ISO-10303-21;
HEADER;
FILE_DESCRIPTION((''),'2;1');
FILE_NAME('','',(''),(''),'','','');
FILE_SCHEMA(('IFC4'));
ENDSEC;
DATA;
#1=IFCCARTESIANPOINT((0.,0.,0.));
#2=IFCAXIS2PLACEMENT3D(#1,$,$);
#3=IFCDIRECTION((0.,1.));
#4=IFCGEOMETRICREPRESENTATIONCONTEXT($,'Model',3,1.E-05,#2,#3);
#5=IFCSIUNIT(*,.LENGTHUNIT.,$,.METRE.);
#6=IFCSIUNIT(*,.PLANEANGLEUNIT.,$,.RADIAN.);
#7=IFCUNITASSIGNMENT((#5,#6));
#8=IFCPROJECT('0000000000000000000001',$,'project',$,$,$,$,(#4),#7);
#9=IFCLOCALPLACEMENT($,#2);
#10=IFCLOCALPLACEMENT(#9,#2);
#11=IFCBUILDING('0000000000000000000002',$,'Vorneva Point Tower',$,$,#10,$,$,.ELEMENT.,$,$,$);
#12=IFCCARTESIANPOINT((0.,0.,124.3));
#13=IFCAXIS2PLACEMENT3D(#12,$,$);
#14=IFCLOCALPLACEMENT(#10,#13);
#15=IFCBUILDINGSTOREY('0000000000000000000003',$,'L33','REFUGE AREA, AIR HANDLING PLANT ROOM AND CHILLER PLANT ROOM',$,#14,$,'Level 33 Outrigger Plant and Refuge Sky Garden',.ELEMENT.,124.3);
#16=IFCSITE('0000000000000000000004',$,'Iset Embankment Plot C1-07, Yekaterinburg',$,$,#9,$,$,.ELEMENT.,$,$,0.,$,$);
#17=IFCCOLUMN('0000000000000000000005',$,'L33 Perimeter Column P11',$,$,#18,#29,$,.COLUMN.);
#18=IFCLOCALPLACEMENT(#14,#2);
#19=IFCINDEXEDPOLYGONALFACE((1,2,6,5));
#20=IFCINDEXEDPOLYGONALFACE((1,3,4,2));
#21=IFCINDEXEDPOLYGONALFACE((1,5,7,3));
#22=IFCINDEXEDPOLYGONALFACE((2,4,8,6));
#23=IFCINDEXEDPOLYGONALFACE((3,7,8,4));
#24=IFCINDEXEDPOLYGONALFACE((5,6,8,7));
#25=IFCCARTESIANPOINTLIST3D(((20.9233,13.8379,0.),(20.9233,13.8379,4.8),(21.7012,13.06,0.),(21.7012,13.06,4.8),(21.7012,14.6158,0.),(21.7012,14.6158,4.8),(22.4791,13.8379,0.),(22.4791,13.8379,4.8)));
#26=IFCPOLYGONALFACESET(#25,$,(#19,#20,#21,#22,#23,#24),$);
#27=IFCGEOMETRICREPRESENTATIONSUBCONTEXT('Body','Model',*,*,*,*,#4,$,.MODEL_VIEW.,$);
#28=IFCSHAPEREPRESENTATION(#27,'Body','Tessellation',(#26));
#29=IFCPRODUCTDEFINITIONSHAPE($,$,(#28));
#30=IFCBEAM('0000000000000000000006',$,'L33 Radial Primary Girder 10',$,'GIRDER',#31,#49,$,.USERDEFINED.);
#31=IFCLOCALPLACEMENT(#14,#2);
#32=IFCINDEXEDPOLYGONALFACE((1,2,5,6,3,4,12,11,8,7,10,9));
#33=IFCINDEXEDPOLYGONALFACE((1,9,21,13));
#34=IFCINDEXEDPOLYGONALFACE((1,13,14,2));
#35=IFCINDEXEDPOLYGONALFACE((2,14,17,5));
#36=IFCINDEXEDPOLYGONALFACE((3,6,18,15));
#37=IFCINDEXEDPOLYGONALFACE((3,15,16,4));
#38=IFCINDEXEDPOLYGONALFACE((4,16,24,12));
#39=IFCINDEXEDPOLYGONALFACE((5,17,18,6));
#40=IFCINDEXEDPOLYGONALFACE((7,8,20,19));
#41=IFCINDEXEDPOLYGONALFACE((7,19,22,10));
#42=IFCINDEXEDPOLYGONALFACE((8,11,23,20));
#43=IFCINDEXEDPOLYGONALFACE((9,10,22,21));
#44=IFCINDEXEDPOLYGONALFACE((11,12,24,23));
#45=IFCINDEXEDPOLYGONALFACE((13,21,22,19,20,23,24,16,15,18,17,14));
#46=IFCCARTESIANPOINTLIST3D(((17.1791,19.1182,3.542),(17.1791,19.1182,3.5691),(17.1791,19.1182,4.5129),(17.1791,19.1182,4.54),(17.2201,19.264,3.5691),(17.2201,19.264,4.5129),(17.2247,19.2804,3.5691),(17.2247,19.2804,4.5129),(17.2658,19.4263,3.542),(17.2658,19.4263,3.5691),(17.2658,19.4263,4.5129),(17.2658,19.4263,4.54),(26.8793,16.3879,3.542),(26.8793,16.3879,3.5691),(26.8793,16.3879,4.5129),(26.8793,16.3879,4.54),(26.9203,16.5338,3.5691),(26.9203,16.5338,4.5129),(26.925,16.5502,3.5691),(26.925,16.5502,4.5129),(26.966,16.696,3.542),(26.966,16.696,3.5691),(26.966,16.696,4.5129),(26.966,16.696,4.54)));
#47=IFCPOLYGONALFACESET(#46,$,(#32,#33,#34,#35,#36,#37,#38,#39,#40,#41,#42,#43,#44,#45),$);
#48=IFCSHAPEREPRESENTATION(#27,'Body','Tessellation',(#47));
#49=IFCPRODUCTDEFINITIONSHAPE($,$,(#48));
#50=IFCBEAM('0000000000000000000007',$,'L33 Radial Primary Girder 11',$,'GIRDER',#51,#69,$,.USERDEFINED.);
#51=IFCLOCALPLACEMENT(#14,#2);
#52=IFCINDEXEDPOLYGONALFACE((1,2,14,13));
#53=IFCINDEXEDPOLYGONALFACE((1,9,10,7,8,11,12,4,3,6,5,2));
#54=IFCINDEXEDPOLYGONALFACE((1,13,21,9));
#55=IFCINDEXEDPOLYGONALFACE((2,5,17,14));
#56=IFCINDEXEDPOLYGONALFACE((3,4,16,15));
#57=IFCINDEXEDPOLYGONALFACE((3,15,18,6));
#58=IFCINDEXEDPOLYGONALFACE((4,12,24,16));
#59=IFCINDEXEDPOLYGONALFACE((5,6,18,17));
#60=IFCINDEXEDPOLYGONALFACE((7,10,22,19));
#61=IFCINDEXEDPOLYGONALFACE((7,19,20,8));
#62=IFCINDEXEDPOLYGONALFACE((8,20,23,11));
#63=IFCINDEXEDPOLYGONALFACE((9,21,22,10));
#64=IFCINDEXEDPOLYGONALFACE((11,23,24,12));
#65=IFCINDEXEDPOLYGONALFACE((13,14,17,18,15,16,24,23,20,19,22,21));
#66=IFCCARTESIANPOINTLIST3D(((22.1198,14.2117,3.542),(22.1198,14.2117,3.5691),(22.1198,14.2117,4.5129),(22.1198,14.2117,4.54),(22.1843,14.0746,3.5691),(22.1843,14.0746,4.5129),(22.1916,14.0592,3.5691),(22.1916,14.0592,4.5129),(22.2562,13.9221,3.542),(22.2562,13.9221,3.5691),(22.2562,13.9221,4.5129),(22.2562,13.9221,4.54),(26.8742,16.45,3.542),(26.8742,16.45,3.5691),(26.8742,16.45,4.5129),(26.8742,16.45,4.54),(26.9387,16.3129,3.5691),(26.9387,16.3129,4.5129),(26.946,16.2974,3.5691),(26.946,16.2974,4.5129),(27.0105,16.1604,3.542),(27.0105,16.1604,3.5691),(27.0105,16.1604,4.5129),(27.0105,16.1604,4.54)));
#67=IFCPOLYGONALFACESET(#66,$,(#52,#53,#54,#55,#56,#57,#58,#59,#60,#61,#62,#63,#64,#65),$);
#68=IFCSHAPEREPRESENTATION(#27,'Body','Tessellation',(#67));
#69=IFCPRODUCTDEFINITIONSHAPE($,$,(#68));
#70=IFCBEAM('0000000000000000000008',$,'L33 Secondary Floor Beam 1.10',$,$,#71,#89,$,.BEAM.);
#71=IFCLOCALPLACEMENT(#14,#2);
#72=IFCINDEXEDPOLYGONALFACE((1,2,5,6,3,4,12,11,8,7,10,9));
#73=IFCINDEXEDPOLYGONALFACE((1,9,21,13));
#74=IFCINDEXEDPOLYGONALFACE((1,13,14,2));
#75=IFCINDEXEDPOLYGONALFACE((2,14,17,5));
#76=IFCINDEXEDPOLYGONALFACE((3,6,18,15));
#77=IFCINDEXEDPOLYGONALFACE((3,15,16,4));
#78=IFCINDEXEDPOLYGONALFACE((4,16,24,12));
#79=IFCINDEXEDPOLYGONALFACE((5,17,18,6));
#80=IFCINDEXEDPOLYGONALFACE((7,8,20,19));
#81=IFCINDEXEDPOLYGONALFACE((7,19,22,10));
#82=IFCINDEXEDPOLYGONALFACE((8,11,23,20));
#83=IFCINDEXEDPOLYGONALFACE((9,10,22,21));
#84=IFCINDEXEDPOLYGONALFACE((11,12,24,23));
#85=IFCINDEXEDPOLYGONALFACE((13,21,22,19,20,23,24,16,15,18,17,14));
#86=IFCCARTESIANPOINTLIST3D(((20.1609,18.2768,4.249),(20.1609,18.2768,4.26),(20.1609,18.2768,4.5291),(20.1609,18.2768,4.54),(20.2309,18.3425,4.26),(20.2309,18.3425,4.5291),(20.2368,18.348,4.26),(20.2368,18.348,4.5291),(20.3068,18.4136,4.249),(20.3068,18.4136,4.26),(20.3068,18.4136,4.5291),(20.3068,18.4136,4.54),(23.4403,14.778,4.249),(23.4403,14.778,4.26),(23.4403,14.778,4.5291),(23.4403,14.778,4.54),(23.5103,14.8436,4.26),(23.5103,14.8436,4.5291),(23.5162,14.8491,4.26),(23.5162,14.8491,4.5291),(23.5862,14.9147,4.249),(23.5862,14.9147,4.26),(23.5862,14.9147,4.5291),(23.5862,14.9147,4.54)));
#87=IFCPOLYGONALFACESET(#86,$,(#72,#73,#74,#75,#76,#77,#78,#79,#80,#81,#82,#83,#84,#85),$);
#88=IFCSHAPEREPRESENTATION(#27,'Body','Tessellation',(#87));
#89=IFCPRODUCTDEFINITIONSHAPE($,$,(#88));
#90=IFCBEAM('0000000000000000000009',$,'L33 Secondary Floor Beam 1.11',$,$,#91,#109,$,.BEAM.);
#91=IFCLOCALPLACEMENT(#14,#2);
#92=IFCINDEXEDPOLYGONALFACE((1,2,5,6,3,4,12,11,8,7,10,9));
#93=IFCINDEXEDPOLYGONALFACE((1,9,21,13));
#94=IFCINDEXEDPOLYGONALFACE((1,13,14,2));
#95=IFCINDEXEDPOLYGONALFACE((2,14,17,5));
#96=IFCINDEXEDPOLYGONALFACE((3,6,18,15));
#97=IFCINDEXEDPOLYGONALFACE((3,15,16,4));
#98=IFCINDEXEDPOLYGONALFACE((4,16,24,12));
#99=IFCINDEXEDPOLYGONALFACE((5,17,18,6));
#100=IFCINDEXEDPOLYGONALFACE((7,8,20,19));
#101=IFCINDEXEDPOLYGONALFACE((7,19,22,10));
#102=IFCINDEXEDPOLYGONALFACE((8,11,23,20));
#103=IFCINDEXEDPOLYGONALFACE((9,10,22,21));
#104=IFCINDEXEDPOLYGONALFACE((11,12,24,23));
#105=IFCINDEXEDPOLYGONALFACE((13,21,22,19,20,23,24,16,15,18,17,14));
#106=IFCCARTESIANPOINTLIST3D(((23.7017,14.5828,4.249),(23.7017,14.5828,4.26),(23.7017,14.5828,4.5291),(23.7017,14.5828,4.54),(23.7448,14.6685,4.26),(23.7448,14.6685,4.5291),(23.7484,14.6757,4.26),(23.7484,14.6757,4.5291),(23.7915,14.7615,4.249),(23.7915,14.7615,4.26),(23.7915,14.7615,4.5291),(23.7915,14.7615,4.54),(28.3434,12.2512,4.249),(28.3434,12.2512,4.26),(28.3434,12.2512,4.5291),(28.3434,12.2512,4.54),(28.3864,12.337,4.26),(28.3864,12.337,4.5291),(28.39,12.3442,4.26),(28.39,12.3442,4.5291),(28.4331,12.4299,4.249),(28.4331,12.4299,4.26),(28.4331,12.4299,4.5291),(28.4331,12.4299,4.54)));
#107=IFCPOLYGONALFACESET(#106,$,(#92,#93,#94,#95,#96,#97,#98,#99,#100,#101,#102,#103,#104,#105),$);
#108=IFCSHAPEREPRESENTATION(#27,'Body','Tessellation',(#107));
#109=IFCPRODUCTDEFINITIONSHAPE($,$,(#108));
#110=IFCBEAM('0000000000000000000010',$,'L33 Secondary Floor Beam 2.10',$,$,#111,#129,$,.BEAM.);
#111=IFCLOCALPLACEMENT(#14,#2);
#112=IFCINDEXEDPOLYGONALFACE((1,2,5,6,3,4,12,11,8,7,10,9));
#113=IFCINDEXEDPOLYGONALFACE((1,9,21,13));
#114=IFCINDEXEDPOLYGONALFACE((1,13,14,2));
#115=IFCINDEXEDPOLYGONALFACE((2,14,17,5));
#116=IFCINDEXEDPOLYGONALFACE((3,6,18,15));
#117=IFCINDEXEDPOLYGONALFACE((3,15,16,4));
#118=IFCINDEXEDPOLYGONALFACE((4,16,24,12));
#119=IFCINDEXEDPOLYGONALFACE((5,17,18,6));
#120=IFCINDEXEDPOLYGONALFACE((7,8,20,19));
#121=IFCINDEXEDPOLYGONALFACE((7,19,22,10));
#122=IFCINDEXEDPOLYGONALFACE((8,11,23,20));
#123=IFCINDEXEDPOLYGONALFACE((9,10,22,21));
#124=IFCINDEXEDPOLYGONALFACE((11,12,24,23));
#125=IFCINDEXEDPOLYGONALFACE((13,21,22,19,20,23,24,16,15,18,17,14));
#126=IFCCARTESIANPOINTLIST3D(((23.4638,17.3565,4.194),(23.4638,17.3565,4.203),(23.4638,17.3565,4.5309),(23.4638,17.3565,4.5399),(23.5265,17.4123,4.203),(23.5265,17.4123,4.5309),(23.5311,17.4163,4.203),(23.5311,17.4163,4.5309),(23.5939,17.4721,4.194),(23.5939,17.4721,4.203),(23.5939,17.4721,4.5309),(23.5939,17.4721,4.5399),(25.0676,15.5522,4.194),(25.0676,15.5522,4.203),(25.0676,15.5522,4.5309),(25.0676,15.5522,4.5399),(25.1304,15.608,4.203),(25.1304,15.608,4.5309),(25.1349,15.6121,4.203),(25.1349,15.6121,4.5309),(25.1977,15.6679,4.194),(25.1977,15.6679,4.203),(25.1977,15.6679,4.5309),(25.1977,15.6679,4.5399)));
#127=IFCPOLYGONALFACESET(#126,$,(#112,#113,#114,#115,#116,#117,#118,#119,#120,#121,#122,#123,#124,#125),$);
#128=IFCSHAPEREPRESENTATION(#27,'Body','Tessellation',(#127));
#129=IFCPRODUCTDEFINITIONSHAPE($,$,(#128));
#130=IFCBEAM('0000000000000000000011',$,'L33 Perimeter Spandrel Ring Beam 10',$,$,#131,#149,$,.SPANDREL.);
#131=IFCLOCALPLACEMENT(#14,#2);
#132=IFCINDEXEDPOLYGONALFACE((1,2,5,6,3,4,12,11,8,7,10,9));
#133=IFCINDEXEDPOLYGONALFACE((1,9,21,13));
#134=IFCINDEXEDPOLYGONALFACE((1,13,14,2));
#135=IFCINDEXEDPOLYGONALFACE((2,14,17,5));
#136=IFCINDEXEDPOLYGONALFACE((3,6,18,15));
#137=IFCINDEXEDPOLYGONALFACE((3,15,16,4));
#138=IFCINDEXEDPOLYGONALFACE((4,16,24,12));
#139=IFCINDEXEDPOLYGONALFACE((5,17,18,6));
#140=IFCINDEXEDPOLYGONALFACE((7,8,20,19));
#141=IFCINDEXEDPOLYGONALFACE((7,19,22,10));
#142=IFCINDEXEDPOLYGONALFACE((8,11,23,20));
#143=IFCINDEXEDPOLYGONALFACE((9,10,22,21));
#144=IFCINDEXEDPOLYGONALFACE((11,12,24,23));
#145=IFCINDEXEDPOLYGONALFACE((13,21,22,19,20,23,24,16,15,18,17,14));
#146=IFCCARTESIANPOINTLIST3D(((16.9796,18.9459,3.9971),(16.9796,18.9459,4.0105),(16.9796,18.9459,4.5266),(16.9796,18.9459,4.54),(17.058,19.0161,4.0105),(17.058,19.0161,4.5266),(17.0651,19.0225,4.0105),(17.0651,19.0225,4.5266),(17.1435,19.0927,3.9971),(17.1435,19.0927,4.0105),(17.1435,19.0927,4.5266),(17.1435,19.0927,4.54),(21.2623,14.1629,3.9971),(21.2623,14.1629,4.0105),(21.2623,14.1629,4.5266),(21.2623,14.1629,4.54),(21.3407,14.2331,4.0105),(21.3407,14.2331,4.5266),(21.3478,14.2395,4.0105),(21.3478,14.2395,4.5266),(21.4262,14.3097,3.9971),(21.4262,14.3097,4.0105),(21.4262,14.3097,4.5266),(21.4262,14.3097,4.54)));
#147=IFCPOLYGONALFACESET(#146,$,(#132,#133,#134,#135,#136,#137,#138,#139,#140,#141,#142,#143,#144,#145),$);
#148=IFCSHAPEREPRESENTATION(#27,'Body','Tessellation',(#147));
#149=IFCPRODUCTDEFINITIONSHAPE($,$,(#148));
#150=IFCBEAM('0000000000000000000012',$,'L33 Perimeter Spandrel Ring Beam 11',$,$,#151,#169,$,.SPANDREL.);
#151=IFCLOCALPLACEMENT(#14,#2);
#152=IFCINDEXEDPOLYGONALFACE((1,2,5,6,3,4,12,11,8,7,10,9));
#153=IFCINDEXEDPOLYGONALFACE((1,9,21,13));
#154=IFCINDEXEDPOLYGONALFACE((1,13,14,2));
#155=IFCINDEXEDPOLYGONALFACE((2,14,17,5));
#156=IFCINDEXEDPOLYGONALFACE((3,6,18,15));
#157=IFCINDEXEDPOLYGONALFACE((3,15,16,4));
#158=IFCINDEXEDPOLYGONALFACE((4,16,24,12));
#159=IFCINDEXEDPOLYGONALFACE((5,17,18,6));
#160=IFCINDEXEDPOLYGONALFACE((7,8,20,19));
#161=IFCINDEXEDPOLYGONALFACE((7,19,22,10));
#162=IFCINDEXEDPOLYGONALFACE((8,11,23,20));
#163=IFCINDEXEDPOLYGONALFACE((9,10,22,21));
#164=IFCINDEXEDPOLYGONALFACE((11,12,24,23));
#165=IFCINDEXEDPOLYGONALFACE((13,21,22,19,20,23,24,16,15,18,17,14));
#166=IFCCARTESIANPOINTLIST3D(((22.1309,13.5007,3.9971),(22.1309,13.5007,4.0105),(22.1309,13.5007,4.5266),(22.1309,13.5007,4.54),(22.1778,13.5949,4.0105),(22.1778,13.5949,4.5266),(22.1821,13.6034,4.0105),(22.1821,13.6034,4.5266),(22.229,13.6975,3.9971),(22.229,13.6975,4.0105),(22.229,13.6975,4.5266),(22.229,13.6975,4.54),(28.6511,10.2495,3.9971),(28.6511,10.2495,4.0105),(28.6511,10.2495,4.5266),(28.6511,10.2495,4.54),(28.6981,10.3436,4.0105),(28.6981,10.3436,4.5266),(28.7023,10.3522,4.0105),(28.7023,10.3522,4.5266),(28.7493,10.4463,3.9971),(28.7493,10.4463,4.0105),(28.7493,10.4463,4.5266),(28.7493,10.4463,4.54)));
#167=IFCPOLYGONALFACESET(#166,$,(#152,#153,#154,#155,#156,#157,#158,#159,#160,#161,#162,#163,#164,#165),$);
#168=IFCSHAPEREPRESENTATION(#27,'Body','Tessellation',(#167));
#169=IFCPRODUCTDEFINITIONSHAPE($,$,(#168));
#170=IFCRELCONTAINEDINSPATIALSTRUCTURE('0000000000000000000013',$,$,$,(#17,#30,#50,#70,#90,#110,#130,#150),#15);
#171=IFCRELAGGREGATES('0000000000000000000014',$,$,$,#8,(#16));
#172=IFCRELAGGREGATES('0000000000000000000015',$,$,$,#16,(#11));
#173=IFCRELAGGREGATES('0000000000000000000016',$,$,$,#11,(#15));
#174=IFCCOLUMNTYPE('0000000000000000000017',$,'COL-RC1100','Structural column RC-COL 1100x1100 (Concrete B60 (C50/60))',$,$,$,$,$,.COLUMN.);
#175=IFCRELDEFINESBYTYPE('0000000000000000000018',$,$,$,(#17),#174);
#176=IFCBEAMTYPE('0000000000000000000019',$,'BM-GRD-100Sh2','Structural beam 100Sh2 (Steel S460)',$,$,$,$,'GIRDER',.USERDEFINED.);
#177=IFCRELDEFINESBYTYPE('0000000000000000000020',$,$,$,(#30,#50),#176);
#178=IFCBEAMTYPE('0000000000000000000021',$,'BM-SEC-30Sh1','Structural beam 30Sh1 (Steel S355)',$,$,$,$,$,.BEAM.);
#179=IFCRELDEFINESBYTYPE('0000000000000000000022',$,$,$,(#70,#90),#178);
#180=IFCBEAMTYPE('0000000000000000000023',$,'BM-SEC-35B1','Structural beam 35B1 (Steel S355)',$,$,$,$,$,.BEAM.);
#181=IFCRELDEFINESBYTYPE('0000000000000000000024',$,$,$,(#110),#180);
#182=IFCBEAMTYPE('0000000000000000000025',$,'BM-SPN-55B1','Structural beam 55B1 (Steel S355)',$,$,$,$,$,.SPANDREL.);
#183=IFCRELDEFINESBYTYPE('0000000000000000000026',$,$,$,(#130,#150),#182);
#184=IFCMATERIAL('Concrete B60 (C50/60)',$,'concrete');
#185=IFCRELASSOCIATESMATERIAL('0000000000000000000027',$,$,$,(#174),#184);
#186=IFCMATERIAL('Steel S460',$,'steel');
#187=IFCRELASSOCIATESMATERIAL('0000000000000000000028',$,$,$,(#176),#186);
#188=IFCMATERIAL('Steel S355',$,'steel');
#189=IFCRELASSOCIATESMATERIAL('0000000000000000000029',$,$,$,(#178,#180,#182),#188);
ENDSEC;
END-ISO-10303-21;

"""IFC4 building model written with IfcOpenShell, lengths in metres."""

from ifc_helpers import new_model, si_unit, direction, frame, origin, origin_2d, place, context, subcontext, project, spatial, rectangle, i_section, extrude, material, material_profile, profile_set, type_object, element, save


model = new_model("IFC4")

# Units and contexts
model_context = context("Model", 3, precision=1e-05, world=origin(), true_north=direction((0.0, 1.0)))
body_context = subcontext(model_context, "Body", "Model", "MODEL_VIEW")
ifc_project = project(units=[si_unit("LENGTHUNIT", "METRE"), si_unit("PLANEANGLEUNIT", "RADIAN")], contexts=[model_context])

# Site, building, storey
site_placement = place(None, origin())
site = spatial("IfcSite", under=ifc_project, at=site_placement, Name="Iset Embankment Plot C1-07, Yekaterinburg", CompositionType="ELEMENT", RefElevation=0.0)
building_placement = place(site_placement, origin())
building = spatial("IfcBuilding", under=site, at=building_placement, Name="Vorneva Point Tower", CompositionType="ELEMENT")
storey_placement = place(building_placement, frame((0.0, 0.0, 124.3)))
storey = spatial("IfcBuildingStorey", under=building, at=storey_placement, Name="L33", Description="REFUGE AREA, AIR HANDLING PLANT ROOM AND CHILLER PLANT ROOM", LongName="Level 33 Outrigger Plant and Refuge Sky Garden", CompositionType="ELEMENT", Elevation=124.3)

# Column
ifc_material_1 = material(Name="Concrete B60 (C50/60)", Category="concrete")
ifc_material_profile_1 = material_profile(ifc_material_1, rectangle(XDim=1.1001, YDim=1.1001, at=origin_2d()), Name="RC-COL 1100x1100")
ifc_profile_set_1 = profile_set([ifc_material_profile_1], Name="Concrete B60 (C50/60)")
column_type = type_object("IfcColumnType", Name="COL-RC1100", Description="Structural column RC-COL 1100x1100 (Concrete B60 (C50/60))", PredefinedType="COLUMN", material=ifc_profile_set_1)
column_placement = place(storey_placement, frame((21.7012, 13.8379, 0.0), z_axis=(0.0, 0.0, 1.0), x_axis=(-0.707107, -0.707107, 0.0)))
element("IfcColumn", 1, at=column_placement, inside=storey, type_object=column_type, Name="L33 Perimeter Column P11", PredefinedType="COLUMN", context=body_context, shape_type="SweptSolid", body=[
    extrude(rectangle(XDim=1.1001, YDim=1.1001, at=origin_2d()), origin(), (0.0, 0.0, 1.0), 4.8),
])

# Beams
ifc_material_2 = material(Name="Steel S460", Category="steel")
ifc_material_profile_2 = material_profile(ifc_material_2, i_section(OverallWidth=0.3201, OverallDepth=0.998, WebThickness=0.0171, FlangeThickness=0.0271, at=origin_2d()), Name="100Sh2")
ifc_profile_set_2 = profile_set([ifc_material_profile_2], Name="Steel S460")
beam_type_1 = type_object("IfcBeamType", Name="BM-GRD-100Sh2", Description="Structural beam 100Sh2 (Steel S460)", ElementType="GIRDER", PredefinedType="USERDEFINED", material=ifc_profile_set_2)
beam_1_placement = place(storey_placement, frame((17.2224, 19.2722, 4.041), z_axis=(0.962598, -0.270934, 0.0), x_axis=(0.270934, 0.962598, 0.0)))
element("IfcBeam", 2, at=beam_1_placement, inside=storey, type_object=beam_type_1, Name="L33 Radial Primary Girder 10", ObjectType="GIRDER", PredefinedType="USERDEFINED", context=body_context, shape_type="SweptSolid", body=[
    extrude(i_section(OverallWidth=0.3201, OverallDepth=0.998, WebThickness=0.0171, FlangeThickness=0.0271, at=origin_2d()), origin(), (0.0, 0.0, 1.0), 10.0771),
])
beam_2_placement = place(storey_placement, frame((22.188, 14.0669, 4.041), z_axis=(0.904751, 0.42594, 0.0), x_axis=(-0.42594, 0.904751, 0.0)))
element("IfcBeam", 3, at=beam_2_placement, inside=storey, type_object=beam_type_1, Name="L33 Radial Primary Girder 11", ObjectType="GIRDER", PredefinedType="USERDEFINED", context=body_context, shape_type="SweptSolid", body=[
    extrude(i_section(OverallWidth=0.3201, OverallDepth=0.998, WebThickness=0.0171, FlangeThickness=0.0271, at=origin_2d()), origin(), (0.0, 0.0, 1.0), 5.2549),
])
ifc_material_3 = material(Name="Steel S355", Category="steel")
ifc_material_profile_3 = material_profile(ifc_material_3, i_section(OverallWidth=0.2, OverallDepth=0.291, WebThickness=0.0081, FlangeThickness=0.011, at=origin_2d()), Name="30Sh1")
ifc_profile_set_3 = profile_set([ifc_material_profile_3], Name="Steel S355")
beam_type_2 = type_object("IfcBeamType", Name="BM-SEC-30Sh1", Description="Structural beam 30Sh1 (Steel S355)", PredefinedType="BEAM", material=ifc_profile_set_3)
beam_3_placement = place(storey_placement, frame((20.2339, 18.3452, 4.3945), z_axis=(0.683851, -0.729621, 0.0), x_axis=(0.729621, 0.683851, 0.0)))
element("IfcBeam", 4, at=beam_3_placement, inside=storey, type_object=beam_type_2, Name="L33 Secondary Floor Beam 1.10", PredefinedType="BEAM", context=body_context, shape_type="SweptSolid", body=[
    extrude(i_section(OverallWidth=0.2, OverallDepth=0.291, WebThickness=0.0081, FlangeThickness=0.011, at=origin_2d()), origin(), (0.0, 0.0, 1.0), 4.7954),
])
beam_4_placement = place(storey_placement, frame((23.7466, 14.6721, 4.3945), z_axis=(0.893598, -0.448867, 0.0), x_axis=(0.448867, 0.893598, 0.0)))
element("IfcBeam", 5, at=beam_4_placement, inside=storey, type_object=beam_type_2, Name="L33 Secondary Floor Beam 1.11", PredefinedType="BEAM", context=body_context, shape_type="SweptSolid", body=[
    extrude(i_section(OverallWidth=0.2, OverallDepth=0.291, WebThickness=0.0081, FlangeThickness=0.011, at=origin_2d()), origin(), (0.0, 0.0, 1.0), 5.1943),
])
ifc_material_profile_4 = material_profile(ifc_material_3, i_section(OverallWidth=0.1741, OverallDepth=0.3459, WebThickness=0.0061, FlangeThickness=0.009, at=origin_2d()), Name="35B1")
ifc_profile_set_4 = profile_set([ifc_material_profile_4], Name="Steel S355")
beam_type_3 = type_object("IfcBeamType", Name="BM-SEC-35B1", Description="Structural beam 35B1 (Steel S355)", PredefinedType="BEAM", material=ifc_profile_set_4)
beam_5_placement = place(storey_placement, frame((23.5288, 17.4143, 4.3669), z_axis=(0.66437, -0.747404, 0.0), x_axis=(0.747404, 0.66437, 0.0)))
element("IfcBeam", 6, at=beam_5_placement, inside=storey, type_object=beam_type_3, Name="L33 Secondary Floor Beam 2.10", PredefinedType="BEAM", context=body_context, shape_type="SweptSolid", body=[
    extrude(i_section(OverallWidth=0.1741, OverallDepth=0.3459, WebThickness=0.0061, FlangeThickness=0.009, at=origin_2d()), origin(), (0.0, 0.0, 1.0), 2.4141),
])
ifc_material_profile_5 = material_profile(ifc_material_3, i_section(OverallWidth=0.22, OverallDepth=0.543, WebThickness=0.0095, FlangeThickness=0.0134, at=origin_2d()), Name="55B1")
ifc_profile_set_5 = profile_set([ifc_material_profile_5], Name="Steel S355")
beam_type_4 = type_object("IfcBeamType", Name="BM-SPN-55B1", Description="Structural beam 55B1 (Steel S355)", PredefinedType="SPANDREL", material=ifc_profile_set_5)
beam_6_placement = place(storey_placement, frame((17.0615, 19.0193, 4.2686), z_axis=(0.667074, -0.744992, 0.0), x_axis=(0.744992, 0.667074, 0.0)))
element("IfcBeam", 7, at=beam_6_placement, inside=storey, type_object=beam_type_4, Name="L33 Perimeter Spandrel Ring Beam 10", PredefinedType="SPANDREL", context=body_context, shape_type="SweptSolid", body=[
    extrude(i_section(OverallWidth=0.22, OverallDepth=0.543, WebThickness=0.0095, FlangeThickness=0.0134, at=origin_2d()), origin(), (0.0, 0.0, 1.0), 6.4202),
])
beam_7_placement = place(storey_placement, frame((22.1799, 13.5991, 4.2686), z_axis=(0.894916, -0.446235, 0.0), x_axis=(0.446235, 0.894916, 0.0)))
element("IfcBeam", 8, at=beam_7_placement, inside=storey, type_object=beam_type_4, Name="L33 Perimeter Spandrel Ring Beam 11", PredefinedType="SPANDREL", context=body_context, shape_type="SweptSolid", body=[
    extrude(i_section(OverallWidth=0.22, OverallDepth=0.543, WebThickness=0.0095, FlangeThickness=0.0134, at=origin_2d()), origin(), (0.0, 0.0, 1.0), 7.2859),
])

save(model, "model.ifc")
